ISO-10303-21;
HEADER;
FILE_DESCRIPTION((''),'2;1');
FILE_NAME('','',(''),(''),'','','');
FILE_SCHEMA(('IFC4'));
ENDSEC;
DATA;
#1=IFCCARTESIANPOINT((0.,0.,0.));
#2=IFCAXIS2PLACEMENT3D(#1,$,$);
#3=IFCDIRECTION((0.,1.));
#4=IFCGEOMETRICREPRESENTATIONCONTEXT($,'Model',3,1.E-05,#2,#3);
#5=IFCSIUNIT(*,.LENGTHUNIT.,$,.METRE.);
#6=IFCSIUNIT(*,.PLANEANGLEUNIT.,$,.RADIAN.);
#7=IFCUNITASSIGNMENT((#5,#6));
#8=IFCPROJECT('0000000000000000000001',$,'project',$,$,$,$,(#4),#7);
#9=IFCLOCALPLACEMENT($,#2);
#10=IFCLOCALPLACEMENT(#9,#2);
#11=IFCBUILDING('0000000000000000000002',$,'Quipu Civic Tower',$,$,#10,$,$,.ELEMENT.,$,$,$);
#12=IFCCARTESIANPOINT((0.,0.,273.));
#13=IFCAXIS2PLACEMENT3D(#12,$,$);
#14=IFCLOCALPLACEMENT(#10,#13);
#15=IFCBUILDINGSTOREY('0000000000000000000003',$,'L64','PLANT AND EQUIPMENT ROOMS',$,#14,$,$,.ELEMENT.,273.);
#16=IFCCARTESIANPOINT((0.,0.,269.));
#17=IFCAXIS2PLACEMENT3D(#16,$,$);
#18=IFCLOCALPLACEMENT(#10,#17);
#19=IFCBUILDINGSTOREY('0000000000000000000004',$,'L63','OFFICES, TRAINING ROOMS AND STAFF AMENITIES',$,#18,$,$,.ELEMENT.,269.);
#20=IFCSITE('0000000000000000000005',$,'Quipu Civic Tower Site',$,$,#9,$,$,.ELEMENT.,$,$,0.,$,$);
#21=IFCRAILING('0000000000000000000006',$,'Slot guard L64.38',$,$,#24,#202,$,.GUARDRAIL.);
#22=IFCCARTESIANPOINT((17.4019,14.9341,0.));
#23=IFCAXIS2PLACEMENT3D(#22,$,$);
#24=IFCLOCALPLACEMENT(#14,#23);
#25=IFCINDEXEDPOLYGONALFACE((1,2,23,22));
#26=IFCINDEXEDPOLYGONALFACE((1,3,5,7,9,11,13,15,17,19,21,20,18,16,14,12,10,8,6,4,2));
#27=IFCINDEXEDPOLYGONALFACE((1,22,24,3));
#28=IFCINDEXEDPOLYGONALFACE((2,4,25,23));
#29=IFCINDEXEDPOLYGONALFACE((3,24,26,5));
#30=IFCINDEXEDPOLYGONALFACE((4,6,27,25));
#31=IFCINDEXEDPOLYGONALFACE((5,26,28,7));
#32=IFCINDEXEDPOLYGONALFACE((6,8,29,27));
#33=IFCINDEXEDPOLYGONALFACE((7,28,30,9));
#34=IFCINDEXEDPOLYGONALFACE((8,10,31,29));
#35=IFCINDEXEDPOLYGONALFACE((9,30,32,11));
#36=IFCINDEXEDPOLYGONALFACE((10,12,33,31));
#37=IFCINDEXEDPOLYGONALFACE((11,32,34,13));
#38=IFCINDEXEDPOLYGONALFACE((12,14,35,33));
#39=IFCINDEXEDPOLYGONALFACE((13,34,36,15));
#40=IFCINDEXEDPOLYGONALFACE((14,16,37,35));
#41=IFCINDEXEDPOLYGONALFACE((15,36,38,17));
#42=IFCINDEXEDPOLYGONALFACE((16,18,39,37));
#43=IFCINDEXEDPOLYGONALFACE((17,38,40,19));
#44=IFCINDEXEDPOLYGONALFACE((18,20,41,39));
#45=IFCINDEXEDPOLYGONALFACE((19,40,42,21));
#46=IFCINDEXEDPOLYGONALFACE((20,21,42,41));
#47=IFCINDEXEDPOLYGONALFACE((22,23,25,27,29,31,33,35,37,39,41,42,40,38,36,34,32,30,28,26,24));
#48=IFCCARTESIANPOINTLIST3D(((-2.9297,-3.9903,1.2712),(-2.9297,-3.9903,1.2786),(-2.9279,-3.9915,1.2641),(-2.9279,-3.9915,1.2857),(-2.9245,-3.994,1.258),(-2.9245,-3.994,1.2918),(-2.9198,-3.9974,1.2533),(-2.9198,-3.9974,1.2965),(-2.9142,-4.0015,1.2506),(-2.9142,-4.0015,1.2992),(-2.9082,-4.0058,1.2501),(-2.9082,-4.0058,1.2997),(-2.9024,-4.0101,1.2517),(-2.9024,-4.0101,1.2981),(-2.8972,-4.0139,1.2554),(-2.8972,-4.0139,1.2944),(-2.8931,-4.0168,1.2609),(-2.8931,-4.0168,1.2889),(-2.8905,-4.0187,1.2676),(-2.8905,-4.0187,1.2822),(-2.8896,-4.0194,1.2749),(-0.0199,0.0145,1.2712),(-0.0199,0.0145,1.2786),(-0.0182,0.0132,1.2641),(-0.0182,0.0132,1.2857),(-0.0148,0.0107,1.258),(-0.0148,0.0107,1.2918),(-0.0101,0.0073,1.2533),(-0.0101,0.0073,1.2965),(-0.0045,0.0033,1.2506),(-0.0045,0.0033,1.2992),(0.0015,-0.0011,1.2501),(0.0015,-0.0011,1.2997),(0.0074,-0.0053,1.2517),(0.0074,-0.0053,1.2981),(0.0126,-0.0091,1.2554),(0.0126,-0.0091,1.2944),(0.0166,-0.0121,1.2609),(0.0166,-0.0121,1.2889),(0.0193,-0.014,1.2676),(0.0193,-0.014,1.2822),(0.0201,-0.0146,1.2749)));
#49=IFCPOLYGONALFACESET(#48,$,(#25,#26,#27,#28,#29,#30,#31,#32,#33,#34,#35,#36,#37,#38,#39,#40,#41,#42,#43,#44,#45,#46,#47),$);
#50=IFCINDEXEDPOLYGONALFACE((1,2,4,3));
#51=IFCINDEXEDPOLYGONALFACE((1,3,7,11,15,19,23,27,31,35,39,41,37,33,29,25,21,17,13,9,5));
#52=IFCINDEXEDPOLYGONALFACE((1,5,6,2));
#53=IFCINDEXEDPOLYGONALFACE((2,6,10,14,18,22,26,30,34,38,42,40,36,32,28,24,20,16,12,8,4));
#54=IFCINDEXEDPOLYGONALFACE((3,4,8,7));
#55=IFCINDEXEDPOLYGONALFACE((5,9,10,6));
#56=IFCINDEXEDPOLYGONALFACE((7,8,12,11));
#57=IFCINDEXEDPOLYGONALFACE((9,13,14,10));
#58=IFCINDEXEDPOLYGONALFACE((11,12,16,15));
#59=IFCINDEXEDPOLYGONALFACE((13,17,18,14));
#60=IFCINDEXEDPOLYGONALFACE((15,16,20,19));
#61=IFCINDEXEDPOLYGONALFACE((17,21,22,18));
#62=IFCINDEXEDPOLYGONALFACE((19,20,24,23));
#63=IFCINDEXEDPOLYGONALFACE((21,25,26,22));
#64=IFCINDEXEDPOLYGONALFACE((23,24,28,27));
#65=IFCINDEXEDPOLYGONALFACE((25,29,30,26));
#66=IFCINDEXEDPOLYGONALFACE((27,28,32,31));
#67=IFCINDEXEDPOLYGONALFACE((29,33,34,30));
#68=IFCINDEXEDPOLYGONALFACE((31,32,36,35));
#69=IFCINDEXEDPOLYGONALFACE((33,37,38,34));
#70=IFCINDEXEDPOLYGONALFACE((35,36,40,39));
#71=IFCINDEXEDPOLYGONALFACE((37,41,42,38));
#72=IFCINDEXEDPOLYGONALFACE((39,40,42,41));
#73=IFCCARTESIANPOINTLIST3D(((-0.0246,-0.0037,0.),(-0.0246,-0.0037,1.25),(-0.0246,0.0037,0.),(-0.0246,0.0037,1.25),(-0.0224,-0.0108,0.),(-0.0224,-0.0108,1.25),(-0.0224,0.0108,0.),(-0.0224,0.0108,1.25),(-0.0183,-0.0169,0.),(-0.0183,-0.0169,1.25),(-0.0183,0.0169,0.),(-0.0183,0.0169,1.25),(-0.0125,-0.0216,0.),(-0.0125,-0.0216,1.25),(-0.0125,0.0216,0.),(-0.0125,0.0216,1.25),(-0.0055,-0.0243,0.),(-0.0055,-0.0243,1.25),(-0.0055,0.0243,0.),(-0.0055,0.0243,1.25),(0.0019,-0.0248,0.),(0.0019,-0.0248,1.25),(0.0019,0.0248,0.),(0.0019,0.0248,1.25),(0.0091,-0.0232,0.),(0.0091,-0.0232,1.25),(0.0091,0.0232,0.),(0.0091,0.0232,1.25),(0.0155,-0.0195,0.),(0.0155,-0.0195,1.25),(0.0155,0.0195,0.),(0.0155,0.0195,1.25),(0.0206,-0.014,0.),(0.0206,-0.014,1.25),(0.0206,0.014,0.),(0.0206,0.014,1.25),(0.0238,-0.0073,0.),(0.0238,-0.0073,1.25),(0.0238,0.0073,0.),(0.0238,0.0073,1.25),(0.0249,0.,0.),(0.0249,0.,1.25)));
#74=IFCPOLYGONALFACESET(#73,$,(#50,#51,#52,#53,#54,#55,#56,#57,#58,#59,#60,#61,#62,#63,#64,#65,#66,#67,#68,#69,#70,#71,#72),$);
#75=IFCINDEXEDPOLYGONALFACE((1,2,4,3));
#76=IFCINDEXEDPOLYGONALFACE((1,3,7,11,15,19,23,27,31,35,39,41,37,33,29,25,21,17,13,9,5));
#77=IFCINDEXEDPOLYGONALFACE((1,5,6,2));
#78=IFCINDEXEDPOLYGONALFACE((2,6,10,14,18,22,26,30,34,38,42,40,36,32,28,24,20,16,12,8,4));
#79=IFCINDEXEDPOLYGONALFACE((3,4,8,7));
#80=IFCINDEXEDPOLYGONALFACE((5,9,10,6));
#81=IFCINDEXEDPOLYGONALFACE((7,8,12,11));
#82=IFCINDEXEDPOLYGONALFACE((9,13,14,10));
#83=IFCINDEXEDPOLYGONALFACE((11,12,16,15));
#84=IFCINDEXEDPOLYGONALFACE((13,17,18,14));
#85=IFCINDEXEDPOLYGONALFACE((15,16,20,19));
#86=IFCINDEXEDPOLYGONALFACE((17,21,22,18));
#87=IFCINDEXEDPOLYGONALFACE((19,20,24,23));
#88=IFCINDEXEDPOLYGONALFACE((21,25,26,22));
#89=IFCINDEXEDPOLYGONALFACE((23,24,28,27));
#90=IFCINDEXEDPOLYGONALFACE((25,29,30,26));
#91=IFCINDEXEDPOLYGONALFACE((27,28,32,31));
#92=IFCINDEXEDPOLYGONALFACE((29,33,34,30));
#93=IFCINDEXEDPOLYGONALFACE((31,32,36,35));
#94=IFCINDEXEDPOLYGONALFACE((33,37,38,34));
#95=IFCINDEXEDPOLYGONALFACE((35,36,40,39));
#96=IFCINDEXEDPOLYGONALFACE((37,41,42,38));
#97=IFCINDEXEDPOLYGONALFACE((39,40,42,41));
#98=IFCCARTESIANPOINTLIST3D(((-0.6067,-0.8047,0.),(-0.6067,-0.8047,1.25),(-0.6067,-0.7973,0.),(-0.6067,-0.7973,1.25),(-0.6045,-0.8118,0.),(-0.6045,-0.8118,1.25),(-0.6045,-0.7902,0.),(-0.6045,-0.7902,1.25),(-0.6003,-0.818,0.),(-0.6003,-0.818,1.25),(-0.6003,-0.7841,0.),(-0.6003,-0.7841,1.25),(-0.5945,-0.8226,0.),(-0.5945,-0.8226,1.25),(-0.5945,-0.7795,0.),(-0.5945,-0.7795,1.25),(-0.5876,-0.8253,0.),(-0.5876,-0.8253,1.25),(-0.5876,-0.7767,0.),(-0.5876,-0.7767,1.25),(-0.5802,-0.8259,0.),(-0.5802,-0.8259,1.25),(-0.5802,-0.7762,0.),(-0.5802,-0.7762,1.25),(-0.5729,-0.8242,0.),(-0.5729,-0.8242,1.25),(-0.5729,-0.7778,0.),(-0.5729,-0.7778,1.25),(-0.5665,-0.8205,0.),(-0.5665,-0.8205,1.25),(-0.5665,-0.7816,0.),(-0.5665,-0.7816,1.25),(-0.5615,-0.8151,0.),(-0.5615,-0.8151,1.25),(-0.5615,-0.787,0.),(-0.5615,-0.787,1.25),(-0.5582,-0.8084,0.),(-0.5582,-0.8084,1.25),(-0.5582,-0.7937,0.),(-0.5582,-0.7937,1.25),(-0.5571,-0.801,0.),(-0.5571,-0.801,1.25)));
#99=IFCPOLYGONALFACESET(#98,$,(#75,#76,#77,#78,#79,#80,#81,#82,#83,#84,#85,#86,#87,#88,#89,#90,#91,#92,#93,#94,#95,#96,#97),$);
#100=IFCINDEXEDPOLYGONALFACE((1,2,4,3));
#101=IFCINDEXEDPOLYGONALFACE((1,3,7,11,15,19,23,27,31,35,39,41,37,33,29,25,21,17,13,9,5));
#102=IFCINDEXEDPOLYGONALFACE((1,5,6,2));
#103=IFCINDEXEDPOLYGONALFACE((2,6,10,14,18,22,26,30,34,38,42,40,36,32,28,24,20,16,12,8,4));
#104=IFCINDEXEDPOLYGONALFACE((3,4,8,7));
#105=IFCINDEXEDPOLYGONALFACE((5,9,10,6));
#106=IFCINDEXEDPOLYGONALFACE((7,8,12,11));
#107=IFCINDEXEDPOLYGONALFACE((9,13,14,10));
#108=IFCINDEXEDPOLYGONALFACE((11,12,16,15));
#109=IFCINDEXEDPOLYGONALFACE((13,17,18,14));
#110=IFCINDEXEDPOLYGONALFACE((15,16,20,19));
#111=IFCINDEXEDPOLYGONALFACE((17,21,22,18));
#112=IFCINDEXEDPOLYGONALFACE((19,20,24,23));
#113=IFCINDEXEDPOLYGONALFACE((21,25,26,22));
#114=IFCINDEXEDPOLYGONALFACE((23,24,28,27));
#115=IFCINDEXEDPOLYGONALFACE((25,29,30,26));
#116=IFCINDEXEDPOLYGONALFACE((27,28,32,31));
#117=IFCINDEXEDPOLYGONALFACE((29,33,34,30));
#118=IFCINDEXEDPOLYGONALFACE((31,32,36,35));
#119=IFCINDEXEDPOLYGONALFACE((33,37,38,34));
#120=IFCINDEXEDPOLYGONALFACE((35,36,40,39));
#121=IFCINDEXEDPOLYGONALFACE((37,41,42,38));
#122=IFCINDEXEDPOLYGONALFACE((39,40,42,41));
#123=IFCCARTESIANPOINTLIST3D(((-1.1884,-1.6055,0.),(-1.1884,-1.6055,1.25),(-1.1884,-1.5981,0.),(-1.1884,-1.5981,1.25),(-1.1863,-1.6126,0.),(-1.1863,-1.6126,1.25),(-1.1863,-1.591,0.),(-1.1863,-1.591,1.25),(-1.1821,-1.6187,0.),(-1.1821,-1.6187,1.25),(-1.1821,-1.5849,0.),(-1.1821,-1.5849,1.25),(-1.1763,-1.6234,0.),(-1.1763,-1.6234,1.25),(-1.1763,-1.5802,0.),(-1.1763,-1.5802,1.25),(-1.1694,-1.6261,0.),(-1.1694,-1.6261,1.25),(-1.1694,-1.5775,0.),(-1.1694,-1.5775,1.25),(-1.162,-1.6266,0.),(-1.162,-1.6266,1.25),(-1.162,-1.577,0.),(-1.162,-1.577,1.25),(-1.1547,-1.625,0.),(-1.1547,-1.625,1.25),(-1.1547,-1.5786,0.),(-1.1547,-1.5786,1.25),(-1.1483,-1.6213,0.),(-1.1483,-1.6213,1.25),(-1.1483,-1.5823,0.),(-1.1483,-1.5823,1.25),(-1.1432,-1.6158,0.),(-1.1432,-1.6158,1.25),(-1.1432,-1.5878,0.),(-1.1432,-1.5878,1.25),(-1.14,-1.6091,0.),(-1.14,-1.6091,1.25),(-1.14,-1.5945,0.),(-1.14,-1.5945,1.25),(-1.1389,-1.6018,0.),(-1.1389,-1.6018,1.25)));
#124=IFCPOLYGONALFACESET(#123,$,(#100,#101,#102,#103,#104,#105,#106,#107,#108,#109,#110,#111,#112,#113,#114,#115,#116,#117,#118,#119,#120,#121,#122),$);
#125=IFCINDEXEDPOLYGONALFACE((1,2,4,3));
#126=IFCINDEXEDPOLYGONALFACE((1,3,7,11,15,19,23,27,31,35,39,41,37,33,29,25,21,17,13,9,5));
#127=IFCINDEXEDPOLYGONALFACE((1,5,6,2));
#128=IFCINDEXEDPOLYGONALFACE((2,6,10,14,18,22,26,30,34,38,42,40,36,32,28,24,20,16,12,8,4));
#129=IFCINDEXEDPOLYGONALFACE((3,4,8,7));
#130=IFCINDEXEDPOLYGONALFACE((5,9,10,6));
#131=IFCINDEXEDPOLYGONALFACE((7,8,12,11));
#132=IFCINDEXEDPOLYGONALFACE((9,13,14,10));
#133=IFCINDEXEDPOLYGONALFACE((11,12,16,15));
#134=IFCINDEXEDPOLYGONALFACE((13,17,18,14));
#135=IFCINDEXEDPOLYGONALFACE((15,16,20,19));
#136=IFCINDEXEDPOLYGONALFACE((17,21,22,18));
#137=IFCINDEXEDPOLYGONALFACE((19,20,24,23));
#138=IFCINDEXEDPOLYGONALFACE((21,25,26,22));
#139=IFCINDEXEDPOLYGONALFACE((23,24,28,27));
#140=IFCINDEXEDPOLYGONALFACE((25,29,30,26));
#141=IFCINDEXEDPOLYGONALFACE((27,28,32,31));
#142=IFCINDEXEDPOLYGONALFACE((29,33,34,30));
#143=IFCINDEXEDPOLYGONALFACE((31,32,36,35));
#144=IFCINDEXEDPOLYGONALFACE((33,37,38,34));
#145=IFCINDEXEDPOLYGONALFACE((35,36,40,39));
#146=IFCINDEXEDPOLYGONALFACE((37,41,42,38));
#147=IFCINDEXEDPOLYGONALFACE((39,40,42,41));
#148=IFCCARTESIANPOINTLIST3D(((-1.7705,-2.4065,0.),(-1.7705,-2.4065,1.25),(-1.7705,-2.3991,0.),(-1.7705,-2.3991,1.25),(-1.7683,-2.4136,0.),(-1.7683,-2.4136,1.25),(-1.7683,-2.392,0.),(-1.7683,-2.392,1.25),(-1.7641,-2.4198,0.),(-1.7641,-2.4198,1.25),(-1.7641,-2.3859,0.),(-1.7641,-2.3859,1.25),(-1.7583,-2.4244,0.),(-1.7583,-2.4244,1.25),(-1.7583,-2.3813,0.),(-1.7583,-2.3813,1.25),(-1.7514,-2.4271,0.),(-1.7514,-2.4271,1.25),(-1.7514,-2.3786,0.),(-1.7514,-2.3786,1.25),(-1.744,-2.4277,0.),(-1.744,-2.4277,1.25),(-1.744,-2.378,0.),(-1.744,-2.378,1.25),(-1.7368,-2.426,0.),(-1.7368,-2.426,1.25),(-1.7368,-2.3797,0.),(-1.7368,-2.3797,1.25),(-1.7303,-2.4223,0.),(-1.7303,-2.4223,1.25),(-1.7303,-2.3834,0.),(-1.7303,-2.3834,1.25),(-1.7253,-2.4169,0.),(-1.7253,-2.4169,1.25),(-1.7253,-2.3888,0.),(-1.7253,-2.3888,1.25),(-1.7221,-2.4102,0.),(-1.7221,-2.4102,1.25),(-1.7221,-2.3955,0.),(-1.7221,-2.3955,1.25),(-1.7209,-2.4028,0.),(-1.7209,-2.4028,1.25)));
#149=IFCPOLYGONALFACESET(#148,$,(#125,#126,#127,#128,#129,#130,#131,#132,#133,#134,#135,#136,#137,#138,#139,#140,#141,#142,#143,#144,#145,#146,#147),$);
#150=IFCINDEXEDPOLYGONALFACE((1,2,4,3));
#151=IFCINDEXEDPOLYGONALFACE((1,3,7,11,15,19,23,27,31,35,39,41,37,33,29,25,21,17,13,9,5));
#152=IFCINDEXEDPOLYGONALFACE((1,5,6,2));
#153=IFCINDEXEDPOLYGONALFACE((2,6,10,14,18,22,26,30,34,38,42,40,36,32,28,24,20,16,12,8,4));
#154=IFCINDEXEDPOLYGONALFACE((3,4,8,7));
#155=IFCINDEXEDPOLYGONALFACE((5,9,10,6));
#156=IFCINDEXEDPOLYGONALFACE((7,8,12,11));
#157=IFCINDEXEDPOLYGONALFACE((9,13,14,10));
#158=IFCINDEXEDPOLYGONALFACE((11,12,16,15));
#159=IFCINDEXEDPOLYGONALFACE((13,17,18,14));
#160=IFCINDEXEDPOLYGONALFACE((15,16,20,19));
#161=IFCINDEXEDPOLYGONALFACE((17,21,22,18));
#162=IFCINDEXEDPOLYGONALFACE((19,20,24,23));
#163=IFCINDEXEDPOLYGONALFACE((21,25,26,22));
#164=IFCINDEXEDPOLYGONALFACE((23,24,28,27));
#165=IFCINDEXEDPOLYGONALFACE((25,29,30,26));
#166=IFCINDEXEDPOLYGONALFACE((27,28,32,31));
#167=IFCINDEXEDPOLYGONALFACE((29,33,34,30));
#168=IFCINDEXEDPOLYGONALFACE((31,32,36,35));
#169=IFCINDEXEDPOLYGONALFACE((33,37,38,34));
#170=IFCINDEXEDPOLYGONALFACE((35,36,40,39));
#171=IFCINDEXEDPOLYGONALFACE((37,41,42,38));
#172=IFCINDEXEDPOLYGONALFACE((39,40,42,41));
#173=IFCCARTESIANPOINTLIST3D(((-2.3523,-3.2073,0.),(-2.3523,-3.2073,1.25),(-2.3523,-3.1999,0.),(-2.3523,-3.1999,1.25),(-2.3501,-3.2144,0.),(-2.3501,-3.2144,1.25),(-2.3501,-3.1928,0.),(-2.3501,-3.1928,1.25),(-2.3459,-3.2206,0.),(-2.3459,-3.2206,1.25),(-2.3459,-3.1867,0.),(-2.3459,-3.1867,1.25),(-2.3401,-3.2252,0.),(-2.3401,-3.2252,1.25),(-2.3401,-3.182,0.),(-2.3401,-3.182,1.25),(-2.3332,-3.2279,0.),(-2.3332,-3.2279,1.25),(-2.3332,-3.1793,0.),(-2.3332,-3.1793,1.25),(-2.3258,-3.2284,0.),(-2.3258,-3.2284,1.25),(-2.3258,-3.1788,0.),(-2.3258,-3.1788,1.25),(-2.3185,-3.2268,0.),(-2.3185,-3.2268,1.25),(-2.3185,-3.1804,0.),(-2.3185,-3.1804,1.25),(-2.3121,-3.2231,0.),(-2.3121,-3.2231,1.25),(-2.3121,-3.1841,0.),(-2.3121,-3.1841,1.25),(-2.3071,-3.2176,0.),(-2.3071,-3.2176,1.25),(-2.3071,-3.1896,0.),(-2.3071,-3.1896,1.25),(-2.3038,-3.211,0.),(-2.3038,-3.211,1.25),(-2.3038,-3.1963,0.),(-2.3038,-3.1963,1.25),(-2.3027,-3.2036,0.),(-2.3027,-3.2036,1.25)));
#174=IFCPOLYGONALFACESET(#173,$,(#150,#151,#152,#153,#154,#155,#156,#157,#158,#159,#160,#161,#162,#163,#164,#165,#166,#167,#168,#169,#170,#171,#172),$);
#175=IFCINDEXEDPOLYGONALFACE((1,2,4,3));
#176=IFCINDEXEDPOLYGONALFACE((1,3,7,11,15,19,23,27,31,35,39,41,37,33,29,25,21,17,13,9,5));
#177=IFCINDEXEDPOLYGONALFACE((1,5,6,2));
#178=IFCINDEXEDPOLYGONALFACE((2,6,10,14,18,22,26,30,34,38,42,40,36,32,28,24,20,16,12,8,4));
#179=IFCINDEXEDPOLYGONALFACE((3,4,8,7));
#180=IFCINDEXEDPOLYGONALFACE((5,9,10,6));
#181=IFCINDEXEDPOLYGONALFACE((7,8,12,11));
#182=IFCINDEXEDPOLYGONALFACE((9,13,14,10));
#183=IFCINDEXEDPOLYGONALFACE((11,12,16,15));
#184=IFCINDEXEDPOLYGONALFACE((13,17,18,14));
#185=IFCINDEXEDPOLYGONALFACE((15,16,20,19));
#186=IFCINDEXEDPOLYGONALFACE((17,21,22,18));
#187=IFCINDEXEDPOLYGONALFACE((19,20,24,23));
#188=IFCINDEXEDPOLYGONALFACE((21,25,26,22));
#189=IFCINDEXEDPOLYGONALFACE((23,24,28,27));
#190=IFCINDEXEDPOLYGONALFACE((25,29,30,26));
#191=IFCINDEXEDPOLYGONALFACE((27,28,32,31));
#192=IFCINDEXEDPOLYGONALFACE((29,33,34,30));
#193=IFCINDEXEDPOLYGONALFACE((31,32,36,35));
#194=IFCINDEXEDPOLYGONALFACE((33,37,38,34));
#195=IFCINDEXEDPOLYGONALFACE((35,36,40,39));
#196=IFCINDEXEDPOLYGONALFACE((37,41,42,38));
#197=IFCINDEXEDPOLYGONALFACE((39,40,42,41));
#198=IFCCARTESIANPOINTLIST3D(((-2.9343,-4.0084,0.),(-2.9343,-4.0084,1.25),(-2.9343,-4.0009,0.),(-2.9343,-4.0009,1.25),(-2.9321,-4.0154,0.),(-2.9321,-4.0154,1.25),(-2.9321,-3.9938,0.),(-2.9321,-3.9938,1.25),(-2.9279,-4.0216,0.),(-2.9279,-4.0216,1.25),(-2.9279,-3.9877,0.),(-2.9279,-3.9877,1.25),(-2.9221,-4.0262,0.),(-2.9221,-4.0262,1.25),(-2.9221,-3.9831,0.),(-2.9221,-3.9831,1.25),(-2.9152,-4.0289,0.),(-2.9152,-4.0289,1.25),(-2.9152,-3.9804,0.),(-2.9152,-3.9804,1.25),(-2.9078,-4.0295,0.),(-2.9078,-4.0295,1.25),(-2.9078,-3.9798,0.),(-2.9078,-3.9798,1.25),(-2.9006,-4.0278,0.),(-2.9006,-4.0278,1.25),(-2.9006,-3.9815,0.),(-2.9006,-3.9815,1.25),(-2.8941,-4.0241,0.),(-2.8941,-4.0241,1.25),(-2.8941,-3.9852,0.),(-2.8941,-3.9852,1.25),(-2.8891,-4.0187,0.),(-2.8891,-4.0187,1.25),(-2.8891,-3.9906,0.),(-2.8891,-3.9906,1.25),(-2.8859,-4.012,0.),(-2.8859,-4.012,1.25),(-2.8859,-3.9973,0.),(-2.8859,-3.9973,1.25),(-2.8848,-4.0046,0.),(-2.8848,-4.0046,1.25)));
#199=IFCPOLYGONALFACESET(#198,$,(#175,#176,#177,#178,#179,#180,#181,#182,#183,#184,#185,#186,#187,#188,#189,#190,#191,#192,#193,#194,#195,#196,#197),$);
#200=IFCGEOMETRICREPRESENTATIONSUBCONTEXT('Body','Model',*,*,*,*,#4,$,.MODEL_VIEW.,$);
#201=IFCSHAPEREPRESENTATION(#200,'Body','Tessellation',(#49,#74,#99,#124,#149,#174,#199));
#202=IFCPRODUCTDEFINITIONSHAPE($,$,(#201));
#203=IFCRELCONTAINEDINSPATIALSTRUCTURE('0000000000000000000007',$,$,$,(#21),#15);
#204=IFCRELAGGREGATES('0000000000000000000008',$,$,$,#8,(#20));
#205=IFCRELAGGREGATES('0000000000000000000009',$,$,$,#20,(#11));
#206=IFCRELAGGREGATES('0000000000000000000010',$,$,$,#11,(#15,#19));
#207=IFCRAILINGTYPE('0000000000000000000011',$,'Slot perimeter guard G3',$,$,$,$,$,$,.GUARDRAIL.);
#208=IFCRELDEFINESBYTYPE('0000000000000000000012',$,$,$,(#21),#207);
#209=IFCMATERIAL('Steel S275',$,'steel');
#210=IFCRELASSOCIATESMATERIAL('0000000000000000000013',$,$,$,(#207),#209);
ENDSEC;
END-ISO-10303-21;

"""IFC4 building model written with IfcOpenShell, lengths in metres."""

from ifc_helpers import new_model, si_unit, direction, frame, origin, origin_2d, place, context, subcontext, project, spatial, circle, extrude, material, type_object, element, save


model = new_model("IFC4")

# Units and contexts
model_context = context("Model", 3, precision=1e-05, world=origin(), true_north=direction((0.0, 1.0)))
body_context = subcontext(model_context, "Body", "Model", "MODEL_VIEW")
ifc_project = project(units=[si_unit("LENGTHUNIT", "METRE"), si_unit("PLANEANGLEUNIT", "RADIAN")], contexts=[model_context])

# Site, building, storey
site_placement = place(None, origin())
site = spatial("IfcSite", under=ifc_project, at=site_placement, Name="Quipu Civic Tower Site", CompositionType="ELEMENT", RefElevation=0.0)
building_placement = place(site_placement, origin())
building = spatial("IfcBuilding", under=site, at=building_placement, Name="Quipu Civic Tower", CompositionType="ELEMENT")
storey_1_placement = place(building_placement, frame((0.0, 0.0, 273.0)))
storey_1 = spatial("IfcBuildingStorey", under=building, at=storey_1_placement, Name="L64", Description="PLANT AND EQUIPMENT ROOMS", CompositionType="ELEMENT", Elevation=273.0)

# Shared definitions
storey_2_placement = place(building_placement, frame((0.0, 0.0, 269.0)))
storey_2 = spatial("IfcBuildingStorey", under=building, at=storey_2_placement, Name="L63", Description="OFFICES, TRAINING ROOMS AND STAFF AMENITIES", CompositionType="ELEMENT", Elevation=269.0)

# Railing
ifc_material_1 = material(Name="Steel S275", Category="steel")
railing_type_1 = type_object("IfcRailingType", Name="Slot perimeter guard G3", PredefinedType="GUARDRAIL", material=ifc_material_1)
railing_1_placement = place(storey_1_placement, frame((17.4019, 14.9341, 0.0)))
element("IfcRailing", 1, at=railing_1_placement, inside=storey_1, type_object=railing_type_1, Name="Slot guard L64.38", PredefinedType="GUARDRAIL", context=body_context, shape_type="SweptSolid", body=[
    extrude(circle(Radius=0.0249, at=origin_2d()), frame((0.0, 0.0, 1.2749), z_axis=(-0.587802, -0.809005, 0.0), x_axis=(0.809005, -0.587802, 0.0)), (0.0, 0.0, 1.0), 4.9502),
    extrude(circle(Radius=0.0249, at=origin_2d()), origin(), (0.0, 0.0, 1.0), 1.25),
    extrude(circle(Radius=0.0249, at=origin_2d()), frame((-0.582, -0.801, 0.0)), (0.0, 0.0, 1.0), 1.25),
    extrude(circle(Radius=0.0249, at=origin_2d()), frame((-1.1638, -1.6018, 0.0)), (0.0, 0.0, 1.0), 1.25),
    extrude(circle(Radius=0.0249, at=origin_2d()), frame((-1.7458, -2.4028, 0.0)), (0.0, 0.0, 1.0), 1.25),
    extrude(circle(Radius=0.0249, at=origin_2d()), frame((-2.3276, -3.2036, 0.0)), (0.0, 0.0, 1.0), 1.25),
    extrude(circle(Radius=0.0249, at=origin_2d()), frame((-2.9097, -4.0046, 0.0)), (0.0, 0.0, 1.0), 1.25),
])

save(model, "model.ifc")
